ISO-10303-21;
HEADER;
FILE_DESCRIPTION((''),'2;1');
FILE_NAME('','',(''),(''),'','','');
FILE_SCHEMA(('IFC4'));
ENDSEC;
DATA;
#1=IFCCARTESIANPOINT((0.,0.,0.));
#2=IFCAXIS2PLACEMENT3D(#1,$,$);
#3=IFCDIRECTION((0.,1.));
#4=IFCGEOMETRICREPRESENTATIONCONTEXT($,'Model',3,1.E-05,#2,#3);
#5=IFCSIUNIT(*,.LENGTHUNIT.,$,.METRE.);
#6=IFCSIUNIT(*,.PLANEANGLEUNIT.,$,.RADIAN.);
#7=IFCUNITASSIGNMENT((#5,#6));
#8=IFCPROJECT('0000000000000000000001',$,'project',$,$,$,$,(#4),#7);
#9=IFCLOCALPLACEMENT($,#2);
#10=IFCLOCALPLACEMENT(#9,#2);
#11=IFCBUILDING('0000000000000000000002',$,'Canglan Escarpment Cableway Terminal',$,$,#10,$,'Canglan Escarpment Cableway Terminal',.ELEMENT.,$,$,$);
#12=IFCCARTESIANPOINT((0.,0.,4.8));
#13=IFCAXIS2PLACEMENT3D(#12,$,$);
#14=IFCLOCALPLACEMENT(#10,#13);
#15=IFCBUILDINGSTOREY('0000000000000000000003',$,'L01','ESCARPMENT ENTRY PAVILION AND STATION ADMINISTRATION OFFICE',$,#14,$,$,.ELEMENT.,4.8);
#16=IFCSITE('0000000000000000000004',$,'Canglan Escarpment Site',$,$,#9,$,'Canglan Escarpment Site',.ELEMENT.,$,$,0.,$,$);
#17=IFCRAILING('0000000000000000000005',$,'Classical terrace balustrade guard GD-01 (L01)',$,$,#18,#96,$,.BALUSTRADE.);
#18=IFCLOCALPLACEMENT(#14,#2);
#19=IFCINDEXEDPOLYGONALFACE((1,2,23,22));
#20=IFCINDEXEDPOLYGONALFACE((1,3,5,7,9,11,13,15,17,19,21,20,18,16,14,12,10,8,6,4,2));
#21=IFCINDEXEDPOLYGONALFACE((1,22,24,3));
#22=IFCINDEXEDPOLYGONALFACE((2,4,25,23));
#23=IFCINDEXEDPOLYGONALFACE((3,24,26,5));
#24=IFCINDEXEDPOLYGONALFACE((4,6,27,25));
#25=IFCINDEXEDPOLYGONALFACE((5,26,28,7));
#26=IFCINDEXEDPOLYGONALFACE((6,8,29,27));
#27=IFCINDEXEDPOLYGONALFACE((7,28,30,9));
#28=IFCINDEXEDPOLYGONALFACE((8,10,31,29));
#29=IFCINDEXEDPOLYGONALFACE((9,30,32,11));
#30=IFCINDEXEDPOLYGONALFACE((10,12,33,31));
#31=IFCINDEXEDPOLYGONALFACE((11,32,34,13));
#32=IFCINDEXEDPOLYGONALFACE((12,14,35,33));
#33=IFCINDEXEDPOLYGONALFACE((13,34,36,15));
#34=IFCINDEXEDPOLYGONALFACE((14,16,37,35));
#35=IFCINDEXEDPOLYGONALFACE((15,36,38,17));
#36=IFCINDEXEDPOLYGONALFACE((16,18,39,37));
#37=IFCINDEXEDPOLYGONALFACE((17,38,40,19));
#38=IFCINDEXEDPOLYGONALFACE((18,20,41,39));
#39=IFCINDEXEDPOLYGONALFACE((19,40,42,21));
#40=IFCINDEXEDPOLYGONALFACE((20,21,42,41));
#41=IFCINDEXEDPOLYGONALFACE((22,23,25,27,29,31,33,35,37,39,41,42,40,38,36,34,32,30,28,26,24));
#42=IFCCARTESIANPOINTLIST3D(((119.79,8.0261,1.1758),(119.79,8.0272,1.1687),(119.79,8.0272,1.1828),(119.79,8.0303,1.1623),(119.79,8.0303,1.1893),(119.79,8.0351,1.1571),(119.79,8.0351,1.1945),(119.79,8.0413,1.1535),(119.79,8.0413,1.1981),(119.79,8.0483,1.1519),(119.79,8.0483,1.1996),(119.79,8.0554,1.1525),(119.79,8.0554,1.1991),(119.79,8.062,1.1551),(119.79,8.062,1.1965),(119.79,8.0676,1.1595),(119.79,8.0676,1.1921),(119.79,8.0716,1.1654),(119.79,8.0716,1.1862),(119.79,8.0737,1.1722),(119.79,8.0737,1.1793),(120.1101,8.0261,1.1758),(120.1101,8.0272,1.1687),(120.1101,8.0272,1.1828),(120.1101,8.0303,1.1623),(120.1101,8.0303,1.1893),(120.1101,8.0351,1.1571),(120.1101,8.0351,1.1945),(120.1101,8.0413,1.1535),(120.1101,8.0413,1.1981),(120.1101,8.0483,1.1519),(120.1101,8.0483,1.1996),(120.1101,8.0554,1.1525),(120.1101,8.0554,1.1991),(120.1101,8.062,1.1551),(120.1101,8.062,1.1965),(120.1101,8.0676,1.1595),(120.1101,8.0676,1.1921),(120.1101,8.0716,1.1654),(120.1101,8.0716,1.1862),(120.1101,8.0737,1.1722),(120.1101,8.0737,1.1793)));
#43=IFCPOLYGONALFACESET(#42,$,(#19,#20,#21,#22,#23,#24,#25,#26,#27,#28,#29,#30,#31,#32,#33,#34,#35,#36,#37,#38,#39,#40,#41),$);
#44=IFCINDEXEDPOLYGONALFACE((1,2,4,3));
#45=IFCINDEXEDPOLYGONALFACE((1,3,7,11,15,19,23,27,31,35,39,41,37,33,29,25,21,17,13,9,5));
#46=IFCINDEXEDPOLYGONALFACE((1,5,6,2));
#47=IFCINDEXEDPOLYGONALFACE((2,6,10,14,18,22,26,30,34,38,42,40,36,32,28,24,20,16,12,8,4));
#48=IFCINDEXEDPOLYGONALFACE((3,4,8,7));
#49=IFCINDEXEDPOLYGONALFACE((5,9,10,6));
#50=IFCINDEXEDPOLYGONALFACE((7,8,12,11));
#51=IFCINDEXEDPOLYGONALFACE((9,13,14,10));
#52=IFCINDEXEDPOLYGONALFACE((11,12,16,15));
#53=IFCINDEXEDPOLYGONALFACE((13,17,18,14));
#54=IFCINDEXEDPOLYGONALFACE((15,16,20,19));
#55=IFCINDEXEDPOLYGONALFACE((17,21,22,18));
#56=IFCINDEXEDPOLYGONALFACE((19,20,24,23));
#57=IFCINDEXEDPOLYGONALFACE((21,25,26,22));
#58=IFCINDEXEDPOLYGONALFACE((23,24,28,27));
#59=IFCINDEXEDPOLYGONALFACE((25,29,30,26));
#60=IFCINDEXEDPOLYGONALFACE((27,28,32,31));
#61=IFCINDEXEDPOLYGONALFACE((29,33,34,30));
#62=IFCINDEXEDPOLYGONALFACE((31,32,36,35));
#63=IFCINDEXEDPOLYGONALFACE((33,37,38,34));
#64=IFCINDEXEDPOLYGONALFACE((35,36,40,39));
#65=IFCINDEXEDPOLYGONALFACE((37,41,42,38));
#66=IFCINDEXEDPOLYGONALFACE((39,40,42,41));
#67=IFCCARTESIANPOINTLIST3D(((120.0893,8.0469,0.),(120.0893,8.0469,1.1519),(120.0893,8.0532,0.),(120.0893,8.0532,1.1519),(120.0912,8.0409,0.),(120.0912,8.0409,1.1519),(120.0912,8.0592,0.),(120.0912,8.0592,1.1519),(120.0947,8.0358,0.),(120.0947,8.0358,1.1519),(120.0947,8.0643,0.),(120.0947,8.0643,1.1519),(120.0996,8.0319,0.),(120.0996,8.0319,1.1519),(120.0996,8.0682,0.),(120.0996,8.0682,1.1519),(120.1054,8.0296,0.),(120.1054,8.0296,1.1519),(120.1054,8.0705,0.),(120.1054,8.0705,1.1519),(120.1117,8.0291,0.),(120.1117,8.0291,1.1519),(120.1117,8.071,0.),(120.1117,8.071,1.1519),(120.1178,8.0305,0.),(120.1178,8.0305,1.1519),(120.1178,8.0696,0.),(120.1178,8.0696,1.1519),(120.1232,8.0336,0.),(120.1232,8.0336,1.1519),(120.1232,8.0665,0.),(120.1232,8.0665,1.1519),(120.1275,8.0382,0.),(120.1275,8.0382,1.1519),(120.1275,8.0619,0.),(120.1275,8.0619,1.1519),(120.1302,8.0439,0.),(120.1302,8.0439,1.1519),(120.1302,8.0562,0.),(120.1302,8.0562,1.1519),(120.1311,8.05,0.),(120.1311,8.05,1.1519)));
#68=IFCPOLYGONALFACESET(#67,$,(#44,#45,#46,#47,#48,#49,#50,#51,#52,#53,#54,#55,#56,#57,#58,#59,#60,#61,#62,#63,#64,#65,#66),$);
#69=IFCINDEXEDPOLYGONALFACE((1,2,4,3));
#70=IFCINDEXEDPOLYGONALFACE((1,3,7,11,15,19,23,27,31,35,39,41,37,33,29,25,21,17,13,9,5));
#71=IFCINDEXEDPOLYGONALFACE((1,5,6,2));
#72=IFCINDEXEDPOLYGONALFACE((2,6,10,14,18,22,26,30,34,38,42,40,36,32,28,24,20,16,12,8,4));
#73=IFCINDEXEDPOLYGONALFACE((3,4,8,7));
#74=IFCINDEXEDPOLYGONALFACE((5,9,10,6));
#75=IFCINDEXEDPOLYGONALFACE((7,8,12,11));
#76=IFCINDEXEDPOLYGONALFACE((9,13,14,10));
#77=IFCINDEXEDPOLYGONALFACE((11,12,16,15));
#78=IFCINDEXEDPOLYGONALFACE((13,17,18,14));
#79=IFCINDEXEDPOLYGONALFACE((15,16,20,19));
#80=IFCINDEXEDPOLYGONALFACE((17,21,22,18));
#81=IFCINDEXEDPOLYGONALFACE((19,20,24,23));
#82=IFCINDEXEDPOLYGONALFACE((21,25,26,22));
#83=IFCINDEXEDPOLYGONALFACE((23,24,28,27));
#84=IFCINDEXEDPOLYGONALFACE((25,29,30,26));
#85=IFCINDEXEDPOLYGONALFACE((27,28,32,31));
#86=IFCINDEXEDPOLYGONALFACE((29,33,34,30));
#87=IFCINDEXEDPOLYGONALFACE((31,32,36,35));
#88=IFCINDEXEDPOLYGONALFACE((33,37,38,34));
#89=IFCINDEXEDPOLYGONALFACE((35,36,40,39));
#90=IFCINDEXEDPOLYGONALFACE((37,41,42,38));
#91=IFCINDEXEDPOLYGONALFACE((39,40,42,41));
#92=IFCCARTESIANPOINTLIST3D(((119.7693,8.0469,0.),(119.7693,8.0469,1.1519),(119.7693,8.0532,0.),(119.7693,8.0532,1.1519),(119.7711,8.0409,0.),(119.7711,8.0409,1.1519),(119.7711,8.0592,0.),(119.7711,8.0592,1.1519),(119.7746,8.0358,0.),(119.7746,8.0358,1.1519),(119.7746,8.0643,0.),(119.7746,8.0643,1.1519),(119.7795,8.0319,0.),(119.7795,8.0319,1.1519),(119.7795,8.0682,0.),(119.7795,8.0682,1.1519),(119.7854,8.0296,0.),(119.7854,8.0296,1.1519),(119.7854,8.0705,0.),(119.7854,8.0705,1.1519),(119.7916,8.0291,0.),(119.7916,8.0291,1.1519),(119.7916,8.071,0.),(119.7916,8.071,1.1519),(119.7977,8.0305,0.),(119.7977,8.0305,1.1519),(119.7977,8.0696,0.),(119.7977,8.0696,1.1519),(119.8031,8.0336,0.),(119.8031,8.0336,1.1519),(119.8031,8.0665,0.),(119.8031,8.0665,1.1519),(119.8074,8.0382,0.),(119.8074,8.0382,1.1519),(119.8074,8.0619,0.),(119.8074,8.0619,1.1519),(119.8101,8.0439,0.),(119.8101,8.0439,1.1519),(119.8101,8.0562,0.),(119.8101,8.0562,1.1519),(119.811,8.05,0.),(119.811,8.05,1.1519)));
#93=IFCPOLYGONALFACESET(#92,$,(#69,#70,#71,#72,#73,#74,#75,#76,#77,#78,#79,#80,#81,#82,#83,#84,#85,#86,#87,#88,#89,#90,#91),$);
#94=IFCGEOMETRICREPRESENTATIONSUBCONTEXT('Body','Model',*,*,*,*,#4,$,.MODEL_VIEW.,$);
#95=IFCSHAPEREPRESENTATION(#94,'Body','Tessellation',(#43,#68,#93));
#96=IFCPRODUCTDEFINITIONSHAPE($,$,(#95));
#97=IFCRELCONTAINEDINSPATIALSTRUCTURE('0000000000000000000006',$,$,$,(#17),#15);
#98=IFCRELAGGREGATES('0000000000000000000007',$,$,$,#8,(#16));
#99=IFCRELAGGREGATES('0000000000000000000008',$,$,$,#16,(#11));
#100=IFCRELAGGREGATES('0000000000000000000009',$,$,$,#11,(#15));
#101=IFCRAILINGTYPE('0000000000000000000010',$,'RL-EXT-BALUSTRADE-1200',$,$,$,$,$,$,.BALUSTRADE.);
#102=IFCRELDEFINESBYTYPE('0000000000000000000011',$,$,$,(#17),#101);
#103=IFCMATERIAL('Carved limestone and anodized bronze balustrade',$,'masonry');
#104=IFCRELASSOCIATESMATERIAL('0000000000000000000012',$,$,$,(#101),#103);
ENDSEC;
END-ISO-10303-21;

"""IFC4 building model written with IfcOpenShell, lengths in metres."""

from ifc_helpers import new_model, si_unit, direction, frame, origin, origin_2d, place, context, subcontext, project, spatial, circle, extrude, material, type_object, element, save


model = new_model("IFC4")

# Units and contexts
model_context = context("Model", 3, precision=1e-05, world=origin(), true_north=direction((0.0, 1.0)))
body_context = subcontext(model_context, "Body", "Model", "MODEL_VIEW")
ifc_project = project(units=[si_unit("LENGTHUNIT", "METRE"), si_unit("PLANEANGLEUNIT", "RADIAN")], contexts=[model_context])

# Site, building, storey
site_placement = place(None, origin())
site = spatial("IfcSite", under=ifc_project, at=site_placement, Name="Canglan Escarpment Site", LongName="Canglan Escarpment Site", CompositionType="ELEMENT", RefElevation=0.0)
building_placement = place(site_placement, origin())
building = spatial("IfcBuilding", under=site, at=building_placement, Name="Canglan Escarpment Cableway Terminal", LongName="Canglan Escarpment Cableway Terminal", CompositionType="ELEMENT")
storey_placement = place(building_placement, frame((0.0, 0.0, 4.8)))
storey = spatial("IfcBuildingStorey", under=building, at=storey_placement, Name="L01", Description="ESCARPMENT ENTRY PAVILION AND STATION ADMINISTRATION OFFICE", CompositionType="ELEMENT", Elevation=4.8)

# Railing
ifc_material_1 = material(Name="Carved limestone and anodized bronze balustrade", Category="masonry")
railing_type_1 = type_object("IfcRailingType", Name="RL-EXT-BALUSTRADE-1200", PredefinedType="BALUSTRADE", material=ifc_material_1)
for number, where, name in (
    (1, (120.1101, 8.05, 0.0), "Classical terrace balustrade guard GD-01 (L01)"),
):
    element("IfcRailing", number, at=place(storey_placement, frame(where)), inside=storey, type_object=railing_type_1, Name=name, PredefinedType="BALUSTRADE", context=body_context, shape_type="SweptSolid", body=[
        extrude(circle(Radius=0.0239, at=origin_2d()), frame((0.0, 0.0, 1.1758), z_axis=(-1.0, 0.0, 0.0), x_axis=(0.0, -1.0, 0.0)), (0.0, 0.0, 1.0), 0.3201),
        extrude(circle(Radius=0.021, at=origin_2d()), origin(), (0.0, 0.0, 1.0), 1.1519),
        extrude(circle(Radius=0.021, at=origin_2d()), frame((-0.3201, 0.0, 0.0)), (0.0, 0.0, 1.0), 1.1519),
    ])

save(model, "model.ifc")
